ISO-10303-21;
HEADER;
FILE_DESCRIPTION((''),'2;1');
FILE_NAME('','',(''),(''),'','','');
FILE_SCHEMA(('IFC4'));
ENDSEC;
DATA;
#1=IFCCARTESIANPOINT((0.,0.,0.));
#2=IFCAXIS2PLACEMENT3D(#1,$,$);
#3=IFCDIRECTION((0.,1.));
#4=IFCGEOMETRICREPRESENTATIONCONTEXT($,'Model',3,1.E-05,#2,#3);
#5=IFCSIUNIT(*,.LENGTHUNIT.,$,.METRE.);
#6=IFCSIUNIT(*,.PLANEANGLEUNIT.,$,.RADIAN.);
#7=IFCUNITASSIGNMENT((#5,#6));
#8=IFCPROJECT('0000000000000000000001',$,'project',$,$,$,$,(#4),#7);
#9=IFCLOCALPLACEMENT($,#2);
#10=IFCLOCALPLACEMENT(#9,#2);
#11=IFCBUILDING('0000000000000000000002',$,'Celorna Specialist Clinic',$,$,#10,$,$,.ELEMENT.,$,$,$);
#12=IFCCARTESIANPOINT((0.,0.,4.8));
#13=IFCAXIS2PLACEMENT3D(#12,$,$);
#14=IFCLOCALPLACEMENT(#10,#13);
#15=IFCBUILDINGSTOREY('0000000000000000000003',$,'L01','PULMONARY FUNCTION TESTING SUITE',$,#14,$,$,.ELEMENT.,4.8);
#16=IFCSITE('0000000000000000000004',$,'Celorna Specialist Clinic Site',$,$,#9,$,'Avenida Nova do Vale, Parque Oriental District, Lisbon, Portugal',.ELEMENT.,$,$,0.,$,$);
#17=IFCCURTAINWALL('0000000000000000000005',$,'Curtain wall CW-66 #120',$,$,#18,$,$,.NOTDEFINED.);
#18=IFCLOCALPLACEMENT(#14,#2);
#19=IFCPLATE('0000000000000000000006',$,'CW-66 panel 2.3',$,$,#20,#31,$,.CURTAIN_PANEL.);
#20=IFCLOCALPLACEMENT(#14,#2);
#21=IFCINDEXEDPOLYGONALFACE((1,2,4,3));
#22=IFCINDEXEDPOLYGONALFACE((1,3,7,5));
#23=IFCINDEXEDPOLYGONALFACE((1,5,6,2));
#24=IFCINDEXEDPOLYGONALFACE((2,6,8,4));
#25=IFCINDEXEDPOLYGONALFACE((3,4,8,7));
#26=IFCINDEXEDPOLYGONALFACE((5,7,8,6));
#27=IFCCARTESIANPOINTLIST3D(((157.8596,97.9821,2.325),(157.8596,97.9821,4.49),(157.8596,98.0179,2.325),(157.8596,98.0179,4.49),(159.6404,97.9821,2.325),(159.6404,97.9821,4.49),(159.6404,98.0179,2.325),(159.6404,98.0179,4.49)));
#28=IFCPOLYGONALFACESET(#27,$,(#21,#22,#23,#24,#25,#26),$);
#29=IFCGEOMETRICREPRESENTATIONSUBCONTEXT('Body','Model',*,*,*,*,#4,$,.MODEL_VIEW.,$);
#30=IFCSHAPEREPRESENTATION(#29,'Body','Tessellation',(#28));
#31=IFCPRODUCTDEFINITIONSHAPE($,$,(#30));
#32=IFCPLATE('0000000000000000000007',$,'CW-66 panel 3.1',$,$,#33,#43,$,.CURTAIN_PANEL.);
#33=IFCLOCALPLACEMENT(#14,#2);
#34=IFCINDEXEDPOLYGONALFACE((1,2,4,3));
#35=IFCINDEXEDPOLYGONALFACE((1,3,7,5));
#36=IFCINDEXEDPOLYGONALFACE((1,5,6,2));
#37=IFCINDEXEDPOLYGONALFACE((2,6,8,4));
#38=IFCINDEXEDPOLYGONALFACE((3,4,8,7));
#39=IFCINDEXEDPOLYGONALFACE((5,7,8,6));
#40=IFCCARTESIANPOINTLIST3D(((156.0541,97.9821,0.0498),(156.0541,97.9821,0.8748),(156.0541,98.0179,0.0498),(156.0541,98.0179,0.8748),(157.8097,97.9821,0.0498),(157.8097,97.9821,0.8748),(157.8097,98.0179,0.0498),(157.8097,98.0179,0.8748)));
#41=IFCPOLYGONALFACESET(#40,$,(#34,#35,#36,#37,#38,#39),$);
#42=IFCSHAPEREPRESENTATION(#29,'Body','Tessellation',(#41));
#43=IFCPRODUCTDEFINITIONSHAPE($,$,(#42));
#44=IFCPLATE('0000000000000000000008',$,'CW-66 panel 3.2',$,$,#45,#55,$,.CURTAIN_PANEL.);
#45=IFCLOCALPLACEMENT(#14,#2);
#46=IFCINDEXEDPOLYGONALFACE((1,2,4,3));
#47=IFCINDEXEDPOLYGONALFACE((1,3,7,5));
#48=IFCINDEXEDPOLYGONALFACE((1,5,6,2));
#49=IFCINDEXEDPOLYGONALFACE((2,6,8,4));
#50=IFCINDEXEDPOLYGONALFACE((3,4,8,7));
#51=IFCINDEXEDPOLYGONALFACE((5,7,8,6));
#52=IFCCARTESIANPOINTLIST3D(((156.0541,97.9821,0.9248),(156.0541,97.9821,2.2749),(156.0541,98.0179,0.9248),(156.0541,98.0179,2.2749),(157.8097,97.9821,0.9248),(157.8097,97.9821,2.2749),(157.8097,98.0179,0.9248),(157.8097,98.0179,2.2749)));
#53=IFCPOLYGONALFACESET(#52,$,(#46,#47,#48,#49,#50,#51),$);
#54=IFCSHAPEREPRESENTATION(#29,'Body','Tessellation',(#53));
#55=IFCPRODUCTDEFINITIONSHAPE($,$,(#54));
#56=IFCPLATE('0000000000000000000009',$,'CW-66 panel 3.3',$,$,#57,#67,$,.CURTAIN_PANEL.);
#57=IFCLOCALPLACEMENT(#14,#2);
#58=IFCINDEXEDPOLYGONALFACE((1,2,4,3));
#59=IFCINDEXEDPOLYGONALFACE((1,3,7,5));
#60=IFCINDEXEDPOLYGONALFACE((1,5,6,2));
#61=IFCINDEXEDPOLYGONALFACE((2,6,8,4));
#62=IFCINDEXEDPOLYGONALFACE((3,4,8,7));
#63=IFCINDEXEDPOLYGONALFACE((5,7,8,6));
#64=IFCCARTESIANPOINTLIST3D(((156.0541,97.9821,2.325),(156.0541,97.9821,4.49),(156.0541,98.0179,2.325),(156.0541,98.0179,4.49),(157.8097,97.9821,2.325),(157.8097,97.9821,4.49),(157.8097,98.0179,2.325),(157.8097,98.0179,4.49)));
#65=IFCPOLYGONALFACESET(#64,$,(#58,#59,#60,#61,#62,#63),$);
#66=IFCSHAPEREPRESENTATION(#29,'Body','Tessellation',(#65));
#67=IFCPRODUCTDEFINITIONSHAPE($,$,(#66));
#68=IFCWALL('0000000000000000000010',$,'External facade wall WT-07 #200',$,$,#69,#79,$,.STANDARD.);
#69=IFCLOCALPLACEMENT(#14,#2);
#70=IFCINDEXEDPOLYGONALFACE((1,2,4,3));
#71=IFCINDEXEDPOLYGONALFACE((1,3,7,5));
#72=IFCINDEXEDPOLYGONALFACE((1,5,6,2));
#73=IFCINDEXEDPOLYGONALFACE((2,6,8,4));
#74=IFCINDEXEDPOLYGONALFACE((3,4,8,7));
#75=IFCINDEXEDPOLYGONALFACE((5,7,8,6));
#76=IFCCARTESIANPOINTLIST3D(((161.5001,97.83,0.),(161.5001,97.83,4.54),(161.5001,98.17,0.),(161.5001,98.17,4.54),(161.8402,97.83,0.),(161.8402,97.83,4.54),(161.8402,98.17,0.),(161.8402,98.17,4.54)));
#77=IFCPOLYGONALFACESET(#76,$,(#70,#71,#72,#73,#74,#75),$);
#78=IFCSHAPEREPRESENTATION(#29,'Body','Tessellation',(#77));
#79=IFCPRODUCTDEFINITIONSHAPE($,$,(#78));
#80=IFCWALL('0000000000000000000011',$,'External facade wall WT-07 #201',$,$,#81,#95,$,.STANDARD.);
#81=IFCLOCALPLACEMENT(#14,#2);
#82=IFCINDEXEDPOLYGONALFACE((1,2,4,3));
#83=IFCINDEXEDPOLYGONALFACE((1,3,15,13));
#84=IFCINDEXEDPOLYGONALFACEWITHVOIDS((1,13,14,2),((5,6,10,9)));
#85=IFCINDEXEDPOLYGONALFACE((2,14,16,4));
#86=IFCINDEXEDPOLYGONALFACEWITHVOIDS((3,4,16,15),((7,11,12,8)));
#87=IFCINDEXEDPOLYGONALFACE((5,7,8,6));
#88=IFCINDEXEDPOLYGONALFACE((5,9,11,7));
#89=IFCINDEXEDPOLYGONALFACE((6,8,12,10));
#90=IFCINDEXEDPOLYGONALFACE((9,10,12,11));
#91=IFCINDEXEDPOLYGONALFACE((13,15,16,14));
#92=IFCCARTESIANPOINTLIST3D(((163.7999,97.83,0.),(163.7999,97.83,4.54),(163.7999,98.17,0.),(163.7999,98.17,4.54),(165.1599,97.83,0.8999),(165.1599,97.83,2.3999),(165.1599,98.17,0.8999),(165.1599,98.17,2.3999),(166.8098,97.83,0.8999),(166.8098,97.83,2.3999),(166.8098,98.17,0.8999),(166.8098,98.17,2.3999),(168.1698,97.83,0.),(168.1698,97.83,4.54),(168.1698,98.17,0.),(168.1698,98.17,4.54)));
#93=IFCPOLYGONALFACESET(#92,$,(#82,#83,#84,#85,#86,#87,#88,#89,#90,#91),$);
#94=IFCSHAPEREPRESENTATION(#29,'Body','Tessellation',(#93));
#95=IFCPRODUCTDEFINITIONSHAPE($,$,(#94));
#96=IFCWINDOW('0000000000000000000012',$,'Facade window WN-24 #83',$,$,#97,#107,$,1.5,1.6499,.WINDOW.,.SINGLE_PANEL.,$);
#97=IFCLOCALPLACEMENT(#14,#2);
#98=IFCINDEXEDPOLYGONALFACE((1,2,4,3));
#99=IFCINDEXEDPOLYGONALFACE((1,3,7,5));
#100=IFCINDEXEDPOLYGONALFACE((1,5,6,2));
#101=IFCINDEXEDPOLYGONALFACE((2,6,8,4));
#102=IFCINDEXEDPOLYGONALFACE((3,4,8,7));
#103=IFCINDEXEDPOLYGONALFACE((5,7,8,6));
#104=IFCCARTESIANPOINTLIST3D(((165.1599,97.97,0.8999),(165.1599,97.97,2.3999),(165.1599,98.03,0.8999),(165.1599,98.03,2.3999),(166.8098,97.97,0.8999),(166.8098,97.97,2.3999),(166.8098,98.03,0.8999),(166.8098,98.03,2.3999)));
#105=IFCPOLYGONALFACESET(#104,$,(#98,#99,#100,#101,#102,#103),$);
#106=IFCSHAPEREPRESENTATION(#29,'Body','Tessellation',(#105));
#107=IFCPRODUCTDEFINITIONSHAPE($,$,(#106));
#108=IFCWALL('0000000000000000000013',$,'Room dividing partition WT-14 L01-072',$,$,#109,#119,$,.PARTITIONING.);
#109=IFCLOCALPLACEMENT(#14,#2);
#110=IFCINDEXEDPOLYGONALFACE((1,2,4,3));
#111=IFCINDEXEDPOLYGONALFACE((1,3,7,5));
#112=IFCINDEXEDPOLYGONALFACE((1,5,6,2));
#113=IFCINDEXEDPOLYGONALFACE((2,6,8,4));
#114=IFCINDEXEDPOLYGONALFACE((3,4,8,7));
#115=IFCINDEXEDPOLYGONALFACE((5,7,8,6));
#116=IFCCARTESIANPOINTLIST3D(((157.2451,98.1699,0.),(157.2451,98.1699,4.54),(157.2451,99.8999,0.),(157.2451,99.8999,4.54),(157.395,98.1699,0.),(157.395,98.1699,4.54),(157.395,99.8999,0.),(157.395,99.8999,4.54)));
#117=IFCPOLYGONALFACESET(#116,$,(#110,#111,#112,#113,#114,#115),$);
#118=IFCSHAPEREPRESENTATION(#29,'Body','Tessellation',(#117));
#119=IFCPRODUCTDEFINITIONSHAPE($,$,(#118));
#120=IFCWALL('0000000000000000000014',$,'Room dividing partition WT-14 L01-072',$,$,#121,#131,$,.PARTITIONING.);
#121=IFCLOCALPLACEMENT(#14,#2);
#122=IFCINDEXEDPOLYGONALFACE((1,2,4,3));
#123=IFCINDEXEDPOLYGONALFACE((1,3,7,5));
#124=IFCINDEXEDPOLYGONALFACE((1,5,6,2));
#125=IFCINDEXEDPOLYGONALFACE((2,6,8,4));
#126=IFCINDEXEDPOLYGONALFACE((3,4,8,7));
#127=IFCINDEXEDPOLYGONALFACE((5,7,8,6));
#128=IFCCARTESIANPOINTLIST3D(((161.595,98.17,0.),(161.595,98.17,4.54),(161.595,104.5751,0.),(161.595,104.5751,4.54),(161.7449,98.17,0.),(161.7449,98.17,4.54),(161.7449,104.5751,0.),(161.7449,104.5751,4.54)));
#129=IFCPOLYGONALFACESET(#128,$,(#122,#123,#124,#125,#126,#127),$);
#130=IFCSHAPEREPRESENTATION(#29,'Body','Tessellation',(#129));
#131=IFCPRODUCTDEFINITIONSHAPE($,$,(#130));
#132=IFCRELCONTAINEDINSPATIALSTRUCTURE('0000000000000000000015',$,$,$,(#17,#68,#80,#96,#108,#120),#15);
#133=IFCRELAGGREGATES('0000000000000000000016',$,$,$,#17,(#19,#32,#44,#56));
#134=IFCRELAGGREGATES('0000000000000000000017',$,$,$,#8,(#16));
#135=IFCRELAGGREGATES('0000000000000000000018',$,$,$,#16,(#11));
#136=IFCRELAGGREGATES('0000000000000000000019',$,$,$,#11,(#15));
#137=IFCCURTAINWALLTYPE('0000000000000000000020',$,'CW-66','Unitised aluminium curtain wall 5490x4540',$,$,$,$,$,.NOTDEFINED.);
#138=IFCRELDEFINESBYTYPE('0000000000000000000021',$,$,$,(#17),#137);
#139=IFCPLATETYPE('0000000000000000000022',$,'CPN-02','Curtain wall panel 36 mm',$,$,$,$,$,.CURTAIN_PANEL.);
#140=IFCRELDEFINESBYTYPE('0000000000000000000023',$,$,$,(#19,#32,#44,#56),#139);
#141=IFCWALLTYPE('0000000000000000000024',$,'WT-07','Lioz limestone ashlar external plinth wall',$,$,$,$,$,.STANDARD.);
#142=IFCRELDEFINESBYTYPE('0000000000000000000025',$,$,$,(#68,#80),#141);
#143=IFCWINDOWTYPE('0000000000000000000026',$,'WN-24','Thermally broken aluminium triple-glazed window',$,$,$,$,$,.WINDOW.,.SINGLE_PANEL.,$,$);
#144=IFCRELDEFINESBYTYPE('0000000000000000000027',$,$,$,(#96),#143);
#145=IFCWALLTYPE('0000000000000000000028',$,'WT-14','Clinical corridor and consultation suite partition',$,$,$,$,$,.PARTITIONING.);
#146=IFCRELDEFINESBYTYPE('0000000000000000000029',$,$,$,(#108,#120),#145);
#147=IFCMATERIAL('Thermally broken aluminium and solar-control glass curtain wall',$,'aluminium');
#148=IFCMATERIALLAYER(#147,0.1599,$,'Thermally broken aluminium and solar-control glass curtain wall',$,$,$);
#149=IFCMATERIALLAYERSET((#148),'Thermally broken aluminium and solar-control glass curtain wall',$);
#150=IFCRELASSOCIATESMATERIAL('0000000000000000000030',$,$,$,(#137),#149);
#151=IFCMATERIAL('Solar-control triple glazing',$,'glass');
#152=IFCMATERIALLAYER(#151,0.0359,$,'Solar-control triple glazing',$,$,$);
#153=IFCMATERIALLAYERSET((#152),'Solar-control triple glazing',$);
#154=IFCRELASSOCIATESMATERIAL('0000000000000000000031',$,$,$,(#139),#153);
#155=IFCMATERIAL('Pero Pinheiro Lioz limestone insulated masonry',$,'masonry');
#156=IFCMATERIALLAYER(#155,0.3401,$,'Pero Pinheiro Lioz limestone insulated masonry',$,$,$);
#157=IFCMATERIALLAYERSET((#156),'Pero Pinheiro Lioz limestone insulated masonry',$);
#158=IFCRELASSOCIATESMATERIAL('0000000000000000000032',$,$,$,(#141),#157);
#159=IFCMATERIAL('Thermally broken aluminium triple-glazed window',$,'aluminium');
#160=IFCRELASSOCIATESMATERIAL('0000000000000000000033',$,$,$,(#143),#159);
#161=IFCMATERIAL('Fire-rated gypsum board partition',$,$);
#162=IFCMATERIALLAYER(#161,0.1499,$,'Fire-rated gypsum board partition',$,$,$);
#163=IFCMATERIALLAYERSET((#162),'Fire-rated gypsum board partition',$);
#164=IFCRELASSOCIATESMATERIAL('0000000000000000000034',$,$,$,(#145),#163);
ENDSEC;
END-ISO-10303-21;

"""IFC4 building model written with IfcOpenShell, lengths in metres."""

from ifc_helpers import new_model, si_unit, direction, frame, frame_2d, origin, origin_2d, place, context, subcontext, project, spatial, rectangle, extrude, material, layer, layer_set, type_object, element, fill, aggregate, save


model = new_model("IFC4")

# Units and contexts
model_context = context("Model", 3, precision=1e-05, world=origin(), true_north=direction((0.0, 1.0)))
body_context = subcontext(model_context, "Body", "Model", "MODEL_VIEW")
ifc_project = project(units=[si_unit("LENGTHUNIT", "METRE"), si_unit("PLANEANGLEUNIT", "RADIAN")], contexts=[model_context])

# Site, building, storey
site_placement = place(None, origin())
site = spatial("IfcSite", under=ifc_project, at=site_placement, Name="Celorna Specialist Clinic Site", LongName="Avenida Nova do Vale, Parque Oriental District, Lisbon, Portugal", CompositionType="ELEMENT", RefElevation=0.0)
building_placement = place(site_placement, origin())
building = spatial("IfcBuilding", under=site, at=building_placement, Name="Celorna Specialist Clinic", CompositionType="ELEMENT")
storey_placement = place(building_placement, frame((0.0, 0.0, 4.8)))
storey = spatial("IfcBuildingStorey", under=building, at=storey_placement, Name="L01", Description="PULMONARY FUNCTION TESTING SUITE", CompositionType="ELEMENT", Elevation=4.8)

# Curtain wall
ifc_material_1 = material(Name="Thermally broken aluminium and solar-control glass curtain wall", Category="aluminium")
ifc_layer_1 = layer(ifc_material_1, 0.1599, Name="Thermally broken aluminium and solar-control glass curtain wall")
ifc_layer_set_1 = layer_set([ifc_layer_1], Name="Thermally broken aluminium and solar-control glass curtain wall")
curtain_wall_type_1 = type_object("IfcCurtainWallType", Name="CW-66", Description="Unitised aluminium curtain wall 5490x4540", PredefinedType="NOTDEFINED", material=ifc_layer_set_1)
curtain_wall_1_placement = place(storey_placement, origin())
curtain_wall_1 = element("IfcCurtainWall", 1, at=curtain_wall_1_placement, inside=storey, type_object=curtain_wall_type_1, Name="Curtain wall CW-66 #120", PredefinedType="NOTDEFINED")

# Plates
ifc_material_2 = material(Name="Solar-control triple glazing", Category="glass")
ifc_layer_2 = layer(ifc_material_2, 0.0359, Name="Solar-control triple glazing")
ifc_layer_set_2 = layer_set([ifc_layer_2], Name="Solar-control triple glazing")
plate_type = type_object("IfcPlateType", Name="CPN-02", Description="Curtain wall panel 36 mm", PredefinedType="CURTAIN_PANEL", material=ifc_layer_set_2)
plate_1_placement = place(storey_placement, frame((158.75, 98.0, 2.325), z_axis=(0.0, 0.0, 1.0), x_axis=(-1.0, 0.0, 0.0)))
plate_1 = element("IfcPlate", 2, at=plate_1_placement, type_object=plate_type, Name="CW-66 panel 2.3", PredefinedType="CURTAIN_PANEL", context=body_context, shape_type="SweptSolid", body=[
    extrude(rectangle(XDim=1.7808, YDim=0.0359, at=origin_2d()), origin(), (0.0, 0.0, 1.0), 2.165),
])
plate_2_placement = place(storey_placement, frame((156.9319, 98.0, 0.0498), z_axis=(0.0, 0.0, 1.0), x_axis=(-1.0, 0.0, 0.0)))
plate_2 = element("IfcPlate", 3, at=plate_2_placement, type_object=plate_type, Name="CW-66 panel 3.1", PredefinedType="CURTAIN_PANEL", context=body_context, shape_type="SweptSolid", body=[
    extrude(rectangle(XDim=1.7556, YDim=0.0359, at=origin_2d()), origin(), (0.0, 0.0, 1.0), 0.825),
])
plate_3_placement = place(storey_placement, frame((156.9319, 98.0, 0.9248), z_axis=(0.0, 0.0, 1.0), x_axis=(-1.0, 0.0, 0.0)))
plate_3 = element("IfcPlate", 4, at=plate_3_placement, type_object=plate_type, Name="CW-66 panel 3.2", PredefinedType="CURTAIN_PANEL", context=body_context, shape_type="SweptSolid", body=[
    extrude(rectangle(XDim=1.7556, YDim=0.0359, at=origin_2d()), origin(), (0.0, 0.0, 1.0), 1.3501),
])
plate_4_placement = place(storey_placement, frame((156.9319, 98.0, 2.325), z_axis=(0.0, 0.0, 1.0), x_axis=(-1.0, 0.0, 0.0)))
plate_4 = element("IfcPlate", 5, at=plate_4_placement, type_object=plate_type, Name="CW-66 panel 3.3", PredefinedType="CURTAIN_PANEL", context=body_context, shape_type="SweptSolid", body=[
    extrude(rectangle(XDim=1.7556, YDim=0.0359, at=origin_2d()), origin(), (0.0, 0.0, 1.0), 2.165),
])
aggregate(curtain_wall_1, [plate_1, plate_2, plate_3, plate_4])

# Wall
ifc_material_3 = material(Name="Pero Pinheiro Lioz limestone insulated masonry", Category="masonry")
ifc_layer_3 = layer(ifc_material_3, 0.3401, Name="Pero Pinheiro Lioz limestone insulated masonry")
ifc_layer_set_3 = layer_set([ifc_layer_3], Name="Pero Pinheiro Lioz limestone insulated masonry")
wall_type_1 = type_object("IfcWallType", Name="WT-07", Description="Lioz limestone ashlar external plinth wall", PredefinedType="STANDARD", material=ifc_layer_set_3)
wall_1_placement = place(storey_placement, frame((161.8401, 98.0, 0.0), z_axis=(0.0, 0.0, 1.0), x_axis=(-1.0, 0.0, 0.0)))
element("IfcWall", 6, at=wall_1_placement, inside=storey, type_object=wall_type_1, Name="External facade wall WT-07 #200", PredefinedType="STANDARD", context=body_context, shape_type="SweptSolid", body=[
    extrude(rectangle(XDim=0.3401, YDim=0.3401, at=frame_2d((0.1699, 0.0))), origin(), (0.0, 0.0, 1.0), 4.54),
])

# Wall, opening, window
wall_2_placement = place(storey_placement, frame((168.1699, 98.0, 0.0), z_axis=(0.0, 0.0, 1.0), x_axis=(-1.0, 0.0, 0.0)))
wall_2 = element("IfcWall", 7, at=wall_2_placement, inside=storey, type_object=wall_type_1, Name="External facade wall WT-07 #201", PredefinedType="STANDARD", context=body_context, shape_type="SweptSolid", body=[
    extrude(rectangle(XDim=4.3699, YDim=0.3401, at=frame_2d((2.1851, 0.0))), origin(), (0.0, 0.0, 1.0), 4.54),
])
opening_placement = place(wall_2_placement, frame((1.3601, 0.0, 0.8999)))
opening = element("IfcOpeningElement", 8, at=opening_placement, cuts=wall_2, PredefinedType="OPENING", context=body_context, shape_type="SweptSolid", body=[
    extrude(rectangle(XDim=1.6499, YDim=1.5, at=frame_2d((0.825, 0.75))), frame((0.0, 0.1799, 0.0), z_axis=(0.0, -1.0, 0.0), x_axis=(1.0, 0.0, 0.0)), (0.0, 0.0, 1.0), 0.3601),
])
ifc_material_4 = material(Name="Thermally broken aluminium triple-glazed window", Category="aluminium")
window_type = type_object("IfcWindowType", Name="WN-24", Description="Thermally broken aluminium triple-glazed window", PartitioningType="SINGLE_PANEL", PredefinedType="WINDOW", material=ifc_material_4)
window_placement = place(opening_placement, origin())
window = element("IfcWindow", 9, at=window_placement, inside=storey, type_object=window_type, Name="Facade window WN-24 #83", OverallHeight=1.5, OverallWidth=1.6499, PartitioningType="SINGLE_PANEL", PredefinedType="WINDOW", context=body_context, shape_type="SweptSolid", body=[
    extrude(rectangle(XDim=1.6499, YDim=1.5, at=frame_2d((0.825, 0.75))), frame((0.0, 0.03, 0.0), z_axis=(0.0, -1.0, 0.0), x_axis=(1.0, 0.0, 0.0)), (0.0, 0.0, 1.0), 0.0601),
])
fill(opening, window)

# Walls
ifc_material_5 = material(Name="Fire-rated gypsum board partition")
ifc_layer_4 = layer(ifc_material_5, 0.1499, Name="Fire-rated gypsum board partition")
ifc_layer_set_4 = layer_set([ifc_layer_4], Name="Fire-rated gypsum board partition")
wall_type_2 = type_object("IfcWallType", Name="WT-14", Description="Clinical corridor and consultation suite partition", PredefinedType="PARTITIONING", material=ifc_layer_set_4)
wall_3_placement = place(storey_placement, frame((157.3201, 98.1699, 0.0), z_axis=(0.0, 0.0, 1.0), x_axis=(0.0, 1.0, 0.0)))
element("IfcWall", 10, at=wall_3_placement, inside=storey, type_object=wall_type_2, Name="Room dividing partition WT-14 L01-072", PredefinedType="PARTITIONING", context=body_context, shape_type="SweptSolid", body=[
    extrude(rectangle(XDim=1.73, YDim=0.1499, at=frame_2d((0.865, 0.0))), origin(), (0.0, 0.0, 1.0), 4.54),
])
wall_4_placement = place(storey_placement, frame((161.6699, 98.1699, 0.0), z_axis=(0.0, 0.0, 1.0), x_axis=(0.0, 1.0, 0.0)))
element("IfcWall", 11, at=wall_4_placement, inside=storey, type_object=wall_type_2, Name="Room dividing partition WT-14 L01-072", PredefinedType="PARTITIONING", context=body_context, shape_type="SweptSolid", body=[
    extrude(rectangle(XDim=6.405, YDim=0.1499, at=frame_2d((3.2026, 0.0))), origin(), (0.0, 0.0, 1.0), 4.54),
])

save(model, "model.ifc")
